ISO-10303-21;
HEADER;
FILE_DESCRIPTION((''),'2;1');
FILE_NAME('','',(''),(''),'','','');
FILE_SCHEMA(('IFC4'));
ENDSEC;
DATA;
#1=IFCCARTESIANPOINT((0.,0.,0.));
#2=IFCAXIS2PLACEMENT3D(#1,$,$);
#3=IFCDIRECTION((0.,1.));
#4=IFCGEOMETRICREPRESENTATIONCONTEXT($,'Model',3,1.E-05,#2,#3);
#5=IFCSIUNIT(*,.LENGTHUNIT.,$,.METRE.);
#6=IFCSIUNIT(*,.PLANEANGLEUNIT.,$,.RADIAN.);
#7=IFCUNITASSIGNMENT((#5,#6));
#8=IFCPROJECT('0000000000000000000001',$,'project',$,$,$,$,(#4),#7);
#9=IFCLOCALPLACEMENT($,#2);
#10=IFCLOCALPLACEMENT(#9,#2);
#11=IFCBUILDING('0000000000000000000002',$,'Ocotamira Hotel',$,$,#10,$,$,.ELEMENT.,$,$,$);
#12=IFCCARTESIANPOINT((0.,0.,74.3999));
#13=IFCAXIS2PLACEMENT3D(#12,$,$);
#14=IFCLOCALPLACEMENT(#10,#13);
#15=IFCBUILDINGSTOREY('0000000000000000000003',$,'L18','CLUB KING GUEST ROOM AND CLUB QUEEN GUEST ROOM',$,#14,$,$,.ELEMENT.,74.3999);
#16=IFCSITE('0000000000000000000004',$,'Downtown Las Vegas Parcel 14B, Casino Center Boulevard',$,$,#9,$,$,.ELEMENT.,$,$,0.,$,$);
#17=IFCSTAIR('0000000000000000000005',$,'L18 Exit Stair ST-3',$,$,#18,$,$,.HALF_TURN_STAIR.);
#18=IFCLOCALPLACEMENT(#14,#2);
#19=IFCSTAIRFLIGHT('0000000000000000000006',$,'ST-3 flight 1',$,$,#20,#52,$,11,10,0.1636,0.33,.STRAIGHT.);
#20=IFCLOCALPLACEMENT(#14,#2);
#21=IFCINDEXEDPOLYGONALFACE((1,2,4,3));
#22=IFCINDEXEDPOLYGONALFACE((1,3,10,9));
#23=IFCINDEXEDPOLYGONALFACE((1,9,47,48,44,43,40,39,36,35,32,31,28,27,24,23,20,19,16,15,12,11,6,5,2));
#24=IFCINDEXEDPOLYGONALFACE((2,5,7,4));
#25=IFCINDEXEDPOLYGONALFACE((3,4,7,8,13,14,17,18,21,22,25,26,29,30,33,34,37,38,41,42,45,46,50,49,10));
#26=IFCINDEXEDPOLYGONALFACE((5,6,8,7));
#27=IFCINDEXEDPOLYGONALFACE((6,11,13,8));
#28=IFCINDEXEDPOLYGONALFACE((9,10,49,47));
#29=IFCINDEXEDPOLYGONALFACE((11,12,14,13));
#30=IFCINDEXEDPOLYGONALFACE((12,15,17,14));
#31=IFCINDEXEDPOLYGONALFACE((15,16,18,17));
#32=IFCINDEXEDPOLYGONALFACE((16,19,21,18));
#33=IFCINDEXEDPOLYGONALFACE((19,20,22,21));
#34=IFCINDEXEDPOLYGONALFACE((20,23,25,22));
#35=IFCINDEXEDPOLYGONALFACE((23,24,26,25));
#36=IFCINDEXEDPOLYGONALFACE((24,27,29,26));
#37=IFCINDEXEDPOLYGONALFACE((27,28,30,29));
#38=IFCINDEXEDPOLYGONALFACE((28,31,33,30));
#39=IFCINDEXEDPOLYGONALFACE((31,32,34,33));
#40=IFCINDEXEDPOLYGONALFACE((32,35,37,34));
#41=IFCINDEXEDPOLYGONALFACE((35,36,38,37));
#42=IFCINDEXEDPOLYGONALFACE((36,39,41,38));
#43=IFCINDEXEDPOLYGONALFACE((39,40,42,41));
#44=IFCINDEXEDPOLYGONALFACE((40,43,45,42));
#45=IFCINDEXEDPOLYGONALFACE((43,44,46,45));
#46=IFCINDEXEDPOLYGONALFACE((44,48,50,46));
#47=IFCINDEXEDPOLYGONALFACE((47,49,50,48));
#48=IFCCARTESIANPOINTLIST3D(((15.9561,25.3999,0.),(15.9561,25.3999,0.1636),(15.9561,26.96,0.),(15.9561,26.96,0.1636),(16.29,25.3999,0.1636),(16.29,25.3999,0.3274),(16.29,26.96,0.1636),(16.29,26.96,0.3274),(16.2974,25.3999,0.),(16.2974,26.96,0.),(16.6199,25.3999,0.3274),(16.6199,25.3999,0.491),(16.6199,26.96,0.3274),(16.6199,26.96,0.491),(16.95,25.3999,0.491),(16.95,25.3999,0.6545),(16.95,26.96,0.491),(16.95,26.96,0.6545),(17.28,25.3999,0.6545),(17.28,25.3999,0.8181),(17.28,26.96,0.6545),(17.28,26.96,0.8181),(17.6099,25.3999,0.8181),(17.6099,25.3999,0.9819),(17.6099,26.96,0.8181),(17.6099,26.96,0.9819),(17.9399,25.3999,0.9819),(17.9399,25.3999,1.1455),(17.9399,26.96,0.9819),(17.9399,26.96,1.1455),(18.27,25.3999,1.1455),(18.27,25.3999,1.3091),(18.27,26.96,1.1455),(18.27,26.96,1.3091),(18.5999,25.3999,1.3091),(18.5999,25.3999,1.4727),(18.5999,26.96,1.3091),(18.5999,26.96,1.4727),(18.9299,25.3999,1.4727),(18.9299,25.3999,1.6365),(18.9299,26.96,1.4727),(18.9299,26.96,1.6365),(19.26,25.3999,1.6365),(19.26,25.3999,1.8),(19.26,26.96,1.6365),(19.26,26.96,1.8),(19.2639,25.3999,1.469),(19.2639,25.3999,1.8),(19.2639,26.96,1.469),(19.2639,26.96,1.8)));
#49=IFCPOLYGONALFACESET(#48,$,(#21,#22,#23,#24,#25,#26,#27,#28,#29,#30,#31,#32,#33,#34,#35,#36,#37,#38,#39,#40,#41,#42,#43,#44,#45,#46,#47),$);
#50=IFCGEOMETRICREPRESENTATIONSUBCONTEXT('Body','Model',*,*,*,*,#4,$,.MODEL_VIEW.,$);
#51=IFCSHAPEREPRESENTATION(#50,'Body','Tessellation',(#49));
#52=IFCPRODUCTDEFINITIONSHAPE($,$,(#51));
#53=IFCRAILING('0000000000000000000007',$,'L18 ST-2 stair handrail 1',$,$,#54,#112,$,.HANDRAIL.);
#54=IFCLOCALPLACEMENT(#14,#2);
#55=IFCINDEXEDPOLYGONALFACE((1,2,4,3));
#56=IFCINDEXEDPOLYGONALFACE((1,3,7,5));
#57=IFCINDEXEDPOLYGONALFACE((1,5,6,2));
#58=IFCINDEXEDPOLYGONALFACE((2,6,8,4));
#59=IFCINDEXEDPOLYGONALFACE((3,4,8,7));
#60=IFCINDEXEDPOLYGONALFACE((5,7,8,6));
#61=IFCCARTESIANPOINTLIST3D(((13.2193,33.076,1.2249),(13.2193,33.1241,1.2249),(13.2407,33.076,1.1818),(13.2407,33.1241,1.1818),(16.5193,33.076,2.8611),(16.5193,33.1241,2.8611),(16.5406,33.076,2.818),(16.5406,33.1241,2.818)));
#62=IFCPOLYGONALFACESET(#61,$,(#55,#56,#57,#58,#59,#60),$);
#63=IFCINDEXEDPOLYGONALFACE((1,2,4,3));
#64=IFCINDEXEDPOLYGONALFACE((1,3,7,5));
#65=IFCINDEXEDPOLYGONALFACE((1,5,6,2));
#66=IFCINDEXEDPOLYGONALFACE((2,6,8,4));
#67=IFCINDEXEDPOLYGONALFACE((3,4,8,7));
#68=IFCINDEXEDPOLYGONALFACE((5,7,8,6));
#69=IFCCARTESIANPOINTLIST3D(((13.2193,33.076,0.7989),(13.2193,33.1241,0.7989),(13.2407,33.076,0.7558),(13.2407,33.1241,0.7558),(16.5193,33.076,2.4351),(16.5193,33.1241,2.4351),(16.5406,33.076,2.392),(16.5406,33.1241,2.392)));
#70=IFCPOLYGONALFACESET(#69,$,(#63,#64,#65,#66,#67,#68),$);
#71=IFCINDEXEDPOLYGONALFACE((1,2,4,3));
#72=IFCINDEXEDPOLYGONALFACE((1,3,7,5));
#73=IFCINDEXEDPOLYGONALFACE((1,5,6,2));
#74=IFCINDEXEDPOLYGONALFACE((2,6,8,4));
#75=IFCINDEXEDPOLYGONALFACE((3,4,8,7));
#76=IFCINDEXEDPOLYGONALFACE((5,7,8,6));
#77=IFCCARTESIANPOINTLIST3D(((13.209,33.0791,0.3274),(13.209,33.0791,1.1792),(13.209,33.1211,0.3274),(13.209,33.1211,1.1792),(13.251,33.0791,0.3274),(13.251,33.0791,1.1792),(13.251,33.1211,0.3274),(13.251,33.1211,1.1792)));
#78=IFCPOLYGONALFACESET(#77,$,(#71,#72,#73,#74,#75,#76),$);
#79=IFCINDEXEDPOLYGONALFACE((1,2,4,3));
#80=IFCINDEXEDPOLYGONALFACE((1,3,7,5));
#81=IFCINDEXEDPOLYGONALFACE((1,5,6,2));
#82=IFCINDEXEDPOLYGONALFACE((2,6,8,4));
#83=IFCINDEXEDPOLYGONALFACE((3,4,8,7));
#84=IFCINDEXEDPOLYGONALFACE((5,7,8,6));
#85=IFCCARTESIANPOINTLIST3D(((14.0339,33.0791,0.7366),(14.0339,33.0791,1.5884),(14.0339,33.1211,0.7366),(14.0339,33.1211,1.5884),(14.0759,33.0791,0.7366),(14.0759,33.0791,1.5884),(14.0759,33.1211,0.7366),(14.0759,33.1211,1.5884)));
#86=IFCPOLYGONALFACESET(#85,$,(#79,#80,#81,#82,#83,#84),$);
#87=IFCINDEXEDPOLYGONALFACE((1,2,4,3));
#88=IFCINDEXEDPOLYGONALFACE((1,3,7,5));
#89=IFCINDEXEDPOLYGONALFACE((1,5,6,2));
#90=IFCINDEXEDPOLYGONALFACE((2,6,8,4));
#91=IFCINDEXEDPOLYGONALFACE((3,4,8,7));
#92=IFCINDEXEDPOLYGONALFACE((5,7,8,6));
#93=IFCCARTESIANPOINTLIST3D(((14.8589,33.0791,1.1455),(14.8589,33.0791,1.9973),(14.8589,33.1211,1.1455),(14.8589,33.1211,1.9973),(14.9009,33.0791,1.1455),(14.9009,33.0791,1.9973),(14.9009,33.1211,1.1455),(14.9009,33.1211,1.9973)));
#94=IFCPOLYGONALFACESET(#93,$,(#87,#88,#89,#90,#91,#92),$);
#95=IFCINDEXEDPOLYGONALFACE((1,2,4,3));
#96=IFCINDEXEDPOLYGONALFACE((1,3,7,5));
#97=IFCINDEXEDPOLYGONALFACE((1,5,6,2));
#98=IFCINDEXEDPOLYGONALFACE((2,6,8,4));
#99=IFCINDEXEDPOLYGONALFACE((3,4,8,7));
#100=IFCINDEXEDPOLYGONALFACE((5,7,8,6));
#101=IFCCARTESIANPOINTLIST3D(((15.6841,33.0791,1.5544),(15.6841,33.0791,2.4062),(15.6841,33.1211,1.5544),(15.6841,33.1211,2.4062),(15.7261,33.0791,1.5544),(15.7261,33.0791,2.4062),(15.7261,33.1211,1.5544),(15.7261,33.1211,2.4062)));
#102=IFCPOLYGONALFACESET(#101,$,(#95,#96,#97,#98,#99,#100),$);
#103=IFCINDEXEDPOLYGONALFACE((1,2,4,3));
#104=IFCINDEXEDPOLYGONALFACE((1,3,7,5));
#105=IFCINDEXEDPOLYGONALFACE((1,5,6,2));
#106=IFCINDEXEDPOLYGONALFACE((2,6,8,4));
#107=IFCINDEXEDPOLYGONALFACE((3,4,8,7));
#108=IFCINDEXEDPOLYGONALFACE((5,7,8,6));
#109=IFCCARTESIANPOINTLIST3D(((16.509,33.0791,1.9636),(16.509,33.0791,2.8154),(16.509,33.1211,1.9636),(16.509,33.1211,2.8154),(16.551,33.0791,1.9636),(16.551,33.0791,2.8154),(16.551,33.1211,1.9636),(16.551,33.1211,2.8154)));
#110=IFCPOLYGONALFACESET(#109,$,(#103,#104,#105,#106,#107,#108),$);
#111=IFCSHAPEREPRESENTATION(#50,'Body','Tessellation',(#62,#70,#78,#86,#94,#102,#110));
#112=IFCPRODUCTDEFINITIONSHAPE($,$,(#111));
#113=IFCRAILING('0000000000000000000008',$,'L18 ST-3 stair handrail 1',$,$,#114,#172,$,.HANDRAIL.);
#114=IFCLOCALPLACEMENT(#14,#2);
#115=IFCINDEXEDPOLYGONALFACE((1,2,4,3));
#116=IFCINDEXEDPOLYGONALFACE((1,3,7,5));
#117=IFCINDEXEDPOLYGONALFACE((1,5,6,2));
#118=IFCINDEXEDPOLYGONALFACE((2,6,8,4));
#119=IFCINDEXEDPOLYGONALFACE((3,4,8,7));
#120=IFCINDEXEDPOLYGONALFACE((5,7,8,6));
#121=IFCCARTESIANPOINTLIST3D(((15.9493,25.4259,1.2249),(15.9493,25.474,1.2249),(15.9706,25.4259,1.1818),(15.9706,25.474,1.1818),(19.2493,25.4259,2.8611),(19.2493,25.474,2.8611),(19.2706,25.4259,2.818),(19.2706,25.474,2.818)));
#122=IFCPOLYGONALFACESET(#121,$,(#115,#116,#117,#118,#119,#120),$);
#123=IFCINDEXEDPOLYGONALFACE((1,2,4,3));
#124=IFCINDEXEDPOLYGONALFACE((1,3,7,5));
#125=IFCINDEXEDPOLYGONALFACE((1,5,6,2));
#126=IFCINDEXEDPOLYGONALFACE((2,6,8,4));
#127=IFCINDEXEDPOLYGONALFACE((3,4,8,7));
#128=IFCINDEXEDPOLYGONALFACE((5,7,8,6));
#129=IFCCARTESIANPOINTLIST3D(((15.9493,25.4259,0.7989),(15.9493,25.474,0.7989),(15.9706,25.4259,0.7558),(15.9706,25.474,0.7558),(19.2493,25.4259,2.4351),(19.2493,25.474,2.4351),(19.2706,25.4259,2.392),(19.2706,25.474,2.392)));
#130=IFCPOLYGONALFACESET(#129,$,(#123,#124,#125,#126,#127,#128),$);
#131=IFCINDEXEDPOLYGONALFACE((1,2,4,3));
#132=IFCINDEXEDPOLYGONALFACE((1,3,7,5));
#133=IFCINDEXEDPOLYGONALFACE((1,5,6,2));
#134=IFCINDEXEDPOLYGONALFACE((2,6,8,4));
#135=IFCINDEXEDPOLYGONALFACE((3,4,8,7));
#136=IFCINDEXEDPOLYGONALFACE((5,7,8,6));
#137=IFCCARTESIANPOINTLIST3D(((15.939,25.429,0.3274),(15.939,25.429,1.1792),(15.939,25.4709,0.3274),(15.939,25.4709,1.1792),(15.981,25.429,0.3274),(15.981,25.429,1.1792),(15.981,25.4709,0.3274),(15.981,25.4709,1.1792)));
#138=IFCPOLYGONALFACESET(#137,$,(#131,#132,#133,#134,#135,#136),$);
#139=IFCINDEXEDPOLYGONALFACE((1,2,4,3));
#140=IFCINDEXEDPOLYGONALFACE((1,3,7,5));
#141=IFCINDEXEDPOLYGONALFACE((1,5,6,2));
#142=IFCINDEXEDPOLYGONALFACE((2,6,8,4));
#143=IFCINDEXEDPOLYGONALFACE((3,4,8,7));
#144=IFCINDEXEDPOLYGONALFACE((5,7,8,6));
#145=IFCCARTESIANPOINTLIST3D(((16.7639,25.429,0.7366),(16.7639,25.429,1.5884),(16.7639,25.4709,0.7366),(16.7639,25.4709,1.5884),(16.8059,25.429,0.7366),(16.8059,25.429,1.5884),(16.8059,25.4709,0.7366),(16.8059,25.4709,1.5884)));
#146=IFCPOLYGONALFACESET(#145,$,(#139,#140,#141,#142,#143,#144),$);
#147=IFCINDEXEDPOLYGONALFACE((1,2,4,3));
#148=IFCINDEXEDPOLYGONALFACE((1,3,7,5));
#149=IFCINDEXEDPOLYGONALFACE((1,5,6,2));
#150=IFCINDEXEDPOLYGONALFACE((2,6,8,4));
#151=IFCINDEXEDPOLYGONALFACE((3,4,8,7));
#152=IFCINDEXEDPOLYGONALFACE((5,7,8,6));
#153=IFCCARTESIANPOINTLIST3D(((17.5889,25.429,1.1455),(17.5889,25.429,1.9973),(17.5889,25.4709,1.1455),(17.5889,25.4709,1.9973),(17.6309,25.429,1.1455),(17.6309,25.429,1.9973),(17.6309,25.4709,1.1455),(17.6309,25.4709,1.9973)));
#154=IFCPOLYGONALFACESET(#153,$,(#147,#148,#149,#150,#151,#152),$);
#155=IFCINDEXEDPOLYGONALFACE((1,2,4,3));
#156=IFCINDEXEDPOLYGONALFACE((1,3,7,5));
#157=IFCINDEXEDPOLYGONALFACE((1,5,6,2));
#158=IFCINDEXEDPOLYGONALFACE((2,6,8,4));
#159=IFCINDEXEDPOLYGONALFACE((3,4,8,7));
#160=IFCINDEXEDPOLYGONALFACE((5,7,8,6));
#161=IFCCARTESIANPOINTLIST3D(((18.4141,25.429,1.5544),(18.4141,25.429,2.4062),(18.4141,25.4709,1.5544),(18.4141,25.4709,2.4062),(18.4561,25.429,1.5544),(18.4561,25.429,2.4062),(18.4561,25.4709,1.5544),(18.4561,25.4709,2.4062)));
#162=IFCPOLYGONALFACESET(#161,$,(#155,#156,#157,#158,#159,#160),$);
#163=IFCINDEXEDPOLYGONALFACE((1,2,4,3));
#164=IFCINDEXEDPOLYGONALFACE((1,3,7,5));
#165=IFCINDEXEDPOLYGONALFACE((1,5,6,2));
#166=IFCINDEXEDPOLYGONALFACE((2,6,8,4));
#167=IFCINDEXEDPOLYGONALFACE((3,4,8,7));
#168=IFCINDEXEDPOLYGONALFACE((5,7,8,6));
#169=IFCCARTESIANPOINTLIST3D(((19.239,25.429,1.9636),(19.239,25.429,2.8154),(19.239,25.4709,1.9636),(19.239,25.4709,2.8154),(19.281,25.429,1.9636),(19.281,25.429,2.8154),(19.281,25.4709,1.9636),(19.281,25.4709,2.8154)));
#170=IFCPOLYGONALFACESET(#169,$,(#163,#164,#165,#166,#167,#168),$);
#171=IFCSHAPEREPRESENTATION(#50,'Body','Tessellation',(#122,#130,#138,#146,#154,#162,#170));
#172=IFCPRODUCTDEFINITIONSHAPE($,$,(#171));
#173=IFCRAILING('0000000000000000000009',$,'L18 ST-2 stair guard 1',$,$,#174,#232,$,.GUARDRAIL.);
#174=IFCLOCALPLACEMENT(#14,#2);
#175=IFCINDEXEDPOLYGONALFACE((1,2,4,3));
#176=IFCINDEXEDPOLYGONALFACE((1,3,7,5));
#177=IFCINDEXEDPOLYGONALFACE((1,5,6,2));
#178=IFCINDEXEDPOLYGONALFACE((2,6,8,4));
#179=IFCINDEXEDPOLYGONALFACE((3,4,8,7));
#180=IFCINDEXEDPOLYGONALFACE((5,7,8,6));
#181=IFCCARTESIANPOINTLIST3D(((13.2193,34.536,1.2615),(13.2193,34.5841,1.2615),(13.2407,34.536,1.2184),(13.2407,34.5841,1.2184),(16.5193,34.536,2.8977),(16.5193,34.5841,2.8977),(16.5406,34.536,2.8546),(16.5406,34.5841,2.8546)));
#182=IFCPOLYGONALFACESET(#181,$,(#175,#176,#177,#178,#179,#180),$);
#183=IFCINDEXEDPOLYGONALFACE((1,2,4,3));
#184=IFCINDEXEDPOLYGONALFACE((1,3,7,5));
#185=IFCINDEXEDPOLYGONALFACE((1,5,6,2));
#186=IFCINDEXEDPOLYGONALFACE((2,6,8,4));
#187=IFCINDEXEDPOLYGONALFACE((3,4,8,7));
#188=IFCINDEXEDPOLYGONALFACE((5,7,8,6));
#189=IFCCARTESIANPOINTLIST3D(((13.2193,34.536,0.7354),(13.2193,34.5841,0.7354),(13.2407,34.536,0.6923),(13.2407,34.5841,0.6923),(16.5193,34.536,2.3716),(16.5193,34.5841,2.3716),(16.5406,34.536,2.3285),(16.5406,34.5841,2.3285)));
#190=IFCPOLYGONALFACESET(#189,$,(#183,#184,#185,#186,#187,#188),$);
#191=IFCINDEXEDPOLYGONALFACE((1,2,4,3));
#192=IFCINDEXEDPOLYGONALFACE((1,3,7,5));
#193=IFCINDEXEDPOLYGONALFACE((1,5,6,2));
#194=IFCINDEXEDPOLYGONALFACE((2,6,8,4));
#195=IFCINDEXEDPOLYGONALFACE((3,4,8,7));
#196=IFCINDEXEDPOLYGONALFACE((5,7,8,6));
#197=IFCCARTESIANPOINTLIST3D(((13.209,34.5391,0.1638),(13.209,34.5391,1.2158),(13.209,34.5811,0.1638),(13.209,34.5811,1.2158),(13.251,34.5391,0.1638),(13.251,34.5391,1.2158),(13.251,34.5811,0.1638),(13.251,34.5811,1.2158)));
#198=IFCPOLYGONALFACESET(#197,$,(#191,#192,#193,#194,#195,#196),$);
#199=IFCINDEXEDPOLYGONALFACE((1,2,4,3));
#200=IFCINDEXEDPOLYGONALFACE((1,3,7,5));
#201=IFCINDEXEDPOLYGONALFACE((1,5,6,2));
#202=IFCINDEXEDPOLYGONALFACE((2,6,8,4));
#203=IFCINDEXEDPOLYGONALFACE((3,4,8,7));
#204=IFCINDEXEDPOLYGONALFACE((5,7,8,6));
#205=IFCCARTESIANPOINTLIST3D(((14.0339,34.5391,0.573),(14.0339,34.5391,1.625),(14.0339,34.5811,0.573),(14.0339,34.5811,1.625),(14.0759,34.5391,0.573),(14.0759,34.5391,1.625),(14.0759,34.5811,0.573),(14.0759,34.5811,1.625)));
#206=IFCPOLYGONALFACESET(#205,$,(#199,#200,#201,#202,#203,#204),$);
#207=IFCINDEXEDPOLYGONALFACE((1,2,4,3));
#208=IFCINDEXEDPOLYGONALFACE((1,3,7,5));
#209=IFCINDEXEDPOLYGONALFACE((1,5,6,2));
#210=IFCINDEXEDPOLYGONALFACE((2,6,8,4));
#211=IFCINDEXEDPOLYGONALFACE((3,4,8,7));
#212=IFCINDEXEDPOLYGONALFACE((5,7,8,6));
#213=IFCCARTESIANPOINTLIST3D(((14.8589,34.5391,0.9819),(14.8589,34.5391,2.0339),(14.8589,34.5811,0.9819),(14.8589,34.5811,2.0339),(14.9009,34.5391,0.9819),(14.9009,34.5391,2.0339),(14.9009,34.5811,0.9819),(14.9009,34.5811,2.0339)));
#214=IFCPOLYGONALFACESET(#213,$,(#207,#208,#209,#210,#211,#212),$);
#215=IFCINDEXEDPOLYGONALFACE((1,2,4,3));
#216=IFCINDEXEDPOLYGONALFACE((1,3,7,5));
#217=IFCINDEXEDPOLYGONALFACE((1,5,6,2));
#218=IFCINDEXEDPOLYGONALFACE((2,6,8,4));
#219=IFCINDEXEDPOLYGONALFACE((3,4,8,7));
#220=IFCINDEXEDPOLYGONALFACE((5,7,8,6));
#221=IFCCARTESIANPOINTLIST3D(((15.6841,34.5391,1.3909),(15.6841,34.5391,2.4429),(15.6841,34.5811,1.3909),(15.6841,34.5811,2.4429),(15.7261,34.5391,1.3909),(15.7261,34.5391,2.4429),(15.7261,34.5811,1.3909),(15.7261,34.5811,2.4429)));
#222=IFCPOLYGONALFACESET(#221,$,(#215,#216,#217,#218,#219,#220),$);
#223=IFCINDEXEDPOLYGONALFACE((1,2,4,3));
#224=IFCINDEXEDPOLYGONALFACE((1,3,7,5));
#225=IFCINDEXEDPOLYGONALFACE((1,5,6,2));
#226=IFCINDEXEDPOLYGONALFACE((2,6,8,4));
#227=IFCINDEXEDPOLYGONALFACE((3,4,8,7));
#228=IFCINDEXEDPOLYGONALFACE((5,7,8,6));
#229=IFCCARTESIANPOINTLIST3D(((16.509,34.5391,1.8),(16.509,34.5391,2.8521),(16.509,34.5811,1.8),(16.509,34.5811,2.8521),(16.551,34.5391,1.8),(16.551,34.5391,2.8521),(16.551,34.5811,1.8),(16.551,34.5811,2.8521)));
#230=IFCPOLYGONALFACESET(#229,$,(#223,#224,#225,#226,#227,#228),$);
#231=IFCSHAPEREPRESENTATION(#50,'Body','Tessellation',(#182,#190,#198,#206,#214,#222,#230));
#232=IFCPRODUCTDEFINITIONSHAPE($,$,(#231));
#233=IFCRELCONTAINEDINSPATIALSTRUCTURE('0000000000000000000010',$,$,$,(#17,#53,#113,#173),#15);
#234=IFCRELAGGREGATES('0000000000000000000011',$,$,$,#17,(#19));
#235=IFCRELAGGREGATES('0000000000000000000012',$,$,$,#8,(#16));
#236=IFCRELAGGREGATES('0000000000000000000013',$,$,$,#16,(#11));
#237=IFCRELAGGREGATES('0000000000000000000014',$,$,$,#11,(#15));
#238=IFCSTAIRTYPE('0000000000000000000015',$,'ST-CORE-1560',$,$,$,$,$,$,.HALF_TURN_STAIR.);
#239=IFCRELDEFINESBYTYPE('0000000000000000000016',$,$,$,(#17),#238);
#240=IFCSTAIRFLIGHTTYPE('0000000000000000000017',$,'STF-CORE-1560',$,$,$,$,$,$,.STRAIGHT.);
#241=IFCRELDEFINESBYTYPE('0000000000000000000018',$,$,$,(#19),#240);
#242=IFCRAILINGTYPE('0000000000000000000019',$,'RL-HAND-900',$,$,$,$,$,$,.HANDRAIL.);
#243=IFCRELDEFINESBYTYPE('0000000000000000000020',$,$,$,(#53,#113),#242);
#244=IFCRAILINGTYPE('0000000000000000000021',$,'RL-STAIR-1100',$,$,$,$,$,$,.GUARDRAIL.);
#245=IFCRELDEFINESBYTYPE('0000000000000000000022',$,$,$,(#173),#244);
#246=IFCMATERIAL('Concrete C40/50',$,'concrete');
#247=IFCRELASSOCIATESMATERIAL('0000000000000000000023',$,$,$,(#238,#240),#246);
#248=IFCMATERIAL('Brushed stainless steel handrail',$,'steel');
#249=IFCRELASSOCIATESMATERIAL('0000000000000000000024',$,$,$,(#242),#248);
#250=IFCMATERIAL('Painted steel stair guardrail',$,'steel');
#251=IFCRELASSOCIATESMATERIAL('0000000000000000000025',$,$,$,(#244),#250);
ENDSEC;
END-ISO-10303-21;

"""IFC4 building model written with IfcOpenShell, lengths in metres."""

from ifc_helpers import new_model, si_unit, direction, frame, origin, origin_2d, place, context, subcontext, project, spatial, polyline, rectangle, outline, extrude, source, transform, mapped, material, type_object, element, aggregate, save


model = new_model("IFC4")

# Units and contexts
model_context = context("Model", 3, precision=1e-05, world=origin(), true_north=direction((0.0, 1.0)))
body_context = subcontext(model_context, "Body", "Model", "MODEL_VIEW")
ifc_project = project(units=[si_unit("LENGTHUNIT", "METRE"), si_unit("PLANEANGLEUNIT", "RADIAN")], contexts=[model_context])

# Site, building, storey
site_placement = place(None, origin())
site = spatial("IfcSite", under=ifc_project, at=site_placement, Name="Downtown Las Vegas Parcel 14B, Casino Center Boulevard", CompositionType="ELEMENT", RefElevation=0.0)
building_placement = place(site_placement, origin())
building = spatial("IfcBuilding", under=site, at=building_placement, Name="Ocotamira Hotel", CompositionType="ELEMENT")
storey_placement = place(building_placement, frame((0.0, 0.0, 74.3999)))
storey = spatial("IfcBuildingStorey", under=building, at=storey_placement, Name="L18", Description="CLUB KING GUEST ROOM AND CLUB QUEEN GUEST ROOM", CompositionType="ELEMENT", Elevation=74.3999)

# Stair, stair flight
ifc_material_1 = material(Name="Concrete C40/50", Category="concrete")
stair_type = type_object("IfcStairType", Name="ST-CORE-1560", PredefinedType="HALF_TURN_STAIR", material=ifc_material_1)
stair_flight_type = type_object("IfcStairFlightType", Name="STF-CORE-1560", PredefinedType="STRAIGHT", material=ifc_material_1)
shared_shape_1 = source(origin(), body_context, "Body", "SweptSolid", [
    extrude(outline(polyline([(-0.0039, 0.0), (-0.0039, 0.1636), (0.3301, 0.1636), (0.3301, 0.3274), (0.6599, 0.3274), (0.6599, 0.491), (0.99, 0.491), (0.99, 0.6545), (1.3201, 0.6545), (1.3201, 0.8181), (1.6499, 0.8181), (1.6499, 0.9819), (1.98, 0.9819), (1.98, 1.1455), (2.3101, 1.1455), (2.3101, 1.3091), (2.6399, 1.3091), (2.6399, 1.4727), (2.97, 1.4727), (2.97, 1.6365), (3.3, 1.6365), (3.3, 1.8), (3.304, 1.8), (3.304, 1.469), (0.3374, 0.0), (-0.0039, 0.0)])), frame((0.0, 0.78, 0.0), z_axis=(0.0, -1.0, 0.0), x_axis=(1.0, 0.0, 0.0)), (0.0, 0.0, 1.0), 1.5601),
])
stair_1_placement = place(storey_placement, origin())
stair_1 = element("IfcStair", 1, at=stair_1_placement, inside=storey, type_object=stair_type, Name="L18 Exit Stair ST-3", PredefinedType="HALF_TURN_STAIR")
stair_flight_1_placement = place(storey_placement, frame((15.96, 26.1799, 0.0), z_axis=(0.0, 0.0, 1.0), x_axis=(1.0, 0.0, 0.0)))
stair_flight_1 = element("IfcStairFlight", 2, at=stair_flight_1_placement, type_object=stair_flight_type, Name="ST-3 flight 1", NumberOfRisers=11, NumberOfTreads=10, PredefinedType="STRAIGHT", RiserHeight=0.1636, TreadLength=0.33, context=body_context, shape_type="MappedRepresentation", body=[
    mapped(shared_shape_1, transform((0.0, 0.0, 0.0), scale=1.0)),
])
aggregate(stair_1, [stair_flight_1])

# Railings
ifc_material_2 = material(Name="Brushed stainless steel handrail", Category="steel")
railing_type_1 = type_object("IfcRailingType", Name="RL-HAND-900", PredefinedType="HANDRAIL", material=ifc_material_2)
for number, where, name in (
    (3, (13.23, 33.1001, 0.3274), "L18 ST-2 stair handrail 1"),
    (4, (15.96, 25.45, 0.3274), "L18 ST-3 stair handrail 1"),
):
    element("IfcRailing", number, at=place(storey_placement, frame(where)), inside=storey, type_object=railing_type_1, Name=name, PredefinedType="HANDRAIL", context=body_context, shape_type="SweptSolid", body=[
        extrude(rectangle(XDim=0.0481, YDim=0.0481, at=origin_2d()), frame((0.0, 0.0, 0.876), z_axis=(0.89592, 0.0, 0.444215), x_axis=(0.0, 1.0, 0.0)), (0.0, 0.0, 1.0), 3.6833),
        extrude(rectangle(XDim=0.0481, YDim=0.0481, at=origin_2d()), frame((0.0, 0.0, 0.45), z_axis=(0.89592, 0.0, 0.444215), x_axis=(0.0, 1.0, 0.0)), (0.0, 0.0, 1.0), 3.6833),
        extrude(rectangle(XDim=0.042, YDim=0.042, at=origin_2d()), origin(), (0.0, 0.0, 1.0), 0.8518),
        extrude(rectangle(XDim=0.042, YDim=0.042, at=origin_2d()), frame((0.825, 0.0, 0.4092)), (0.0, 0.0, 1.0), 0.8518),
        extrude(rectangle(XDim=0.042, YDim=0.042, at=origin_2d()), frame((1.6499, 0.0, 0.8181)), (0.0, 0.0, 1.0), 0.8518),
        extrude(rectangle(XDim=0.042, YDim=0.042, at=origin_2d()), frame((2.4751, 0.0, 1.2271)), (0.0, 0.0, 1.0), 0.8518),
        extrude(rectangle(XDim=0.042, YDim=0.042, at=origin_2d()), frame((3.3, 0.0, 1.6362)), (0.0, 0.0, 1.0), 0.8518),
    ])
ifc_material_3 = material(Name="Painted steel stair guardrail", Category="steel")
railing_type_2 = type_object("IfcRailingType", Name="RL-STAIR-1100", PredefinedType="GUARDRAIL", material=ifc_material_3)
railing_1_placement = place(storey_placement, frame((13.23, 34.5601, 0.1638)))
element("IfcRailing", 5, at=railing_1_placement, inside=storey, type_object=railing_type_2, Name="L18 ST-2 stair guard 1", PredefinedType="GUARDRAIL", context=body_context, shape_type="SweptSolid", body=[
    extrude(rectangle(XDim=0.0481, YDim=0.0481, at=origin_2d()), frame((0.0, 0.0, 1.0762), z_axis=(0.89592, 0.0, 0.444215), x_axis=(0.0, 1.0, 0.0)), (0.0, 0.0, 1.0), 3.6833),
    extrude(rectangle(XDim=0.0481, YDim=0.0481, at=origin_2d()), frame((0.0, 0.0, 0.55), z_axis=(0.89592, 0.0, 0.444215), x_axis=(0.0, 1.0, 0.0)), (0.0, 0.0, 1.0), 3.6833),
    extrude(rectangle(XDim=0.042, YDim=0.042, at=origin_2d()), origin(), (0.0, 0.0, 1.0), 1.052),
    extrude(rectangle(XDim=0.042, YDim=0.042, at=origin_2d()), frame((0.825, 0.0, 0.4092)), (0.0, 0.0, 1.0), 1.052),
    extrude(rectangle(XDim=0.042, YDim=0.042, at=origin_2d()), frame((1.6499, 0.0, 0.8181)), (0.0, 0.0, 1.0), 1.052),
    extrude(rectangle(XDim=0.042, YDim=0.042, at=origin_2d()), frame((2.4751, 0.0, 1.2271)), (0.0, 0.0, 1.0), 1.052),
    extrude(rectangle(XDim=0.042, YDim=0.042, at=origin_2d()), frame((3.3, 0.0, 1.6362)), (0.0, 0.0, 1.0), 1.052),
])

save(model, "model.ifc")
